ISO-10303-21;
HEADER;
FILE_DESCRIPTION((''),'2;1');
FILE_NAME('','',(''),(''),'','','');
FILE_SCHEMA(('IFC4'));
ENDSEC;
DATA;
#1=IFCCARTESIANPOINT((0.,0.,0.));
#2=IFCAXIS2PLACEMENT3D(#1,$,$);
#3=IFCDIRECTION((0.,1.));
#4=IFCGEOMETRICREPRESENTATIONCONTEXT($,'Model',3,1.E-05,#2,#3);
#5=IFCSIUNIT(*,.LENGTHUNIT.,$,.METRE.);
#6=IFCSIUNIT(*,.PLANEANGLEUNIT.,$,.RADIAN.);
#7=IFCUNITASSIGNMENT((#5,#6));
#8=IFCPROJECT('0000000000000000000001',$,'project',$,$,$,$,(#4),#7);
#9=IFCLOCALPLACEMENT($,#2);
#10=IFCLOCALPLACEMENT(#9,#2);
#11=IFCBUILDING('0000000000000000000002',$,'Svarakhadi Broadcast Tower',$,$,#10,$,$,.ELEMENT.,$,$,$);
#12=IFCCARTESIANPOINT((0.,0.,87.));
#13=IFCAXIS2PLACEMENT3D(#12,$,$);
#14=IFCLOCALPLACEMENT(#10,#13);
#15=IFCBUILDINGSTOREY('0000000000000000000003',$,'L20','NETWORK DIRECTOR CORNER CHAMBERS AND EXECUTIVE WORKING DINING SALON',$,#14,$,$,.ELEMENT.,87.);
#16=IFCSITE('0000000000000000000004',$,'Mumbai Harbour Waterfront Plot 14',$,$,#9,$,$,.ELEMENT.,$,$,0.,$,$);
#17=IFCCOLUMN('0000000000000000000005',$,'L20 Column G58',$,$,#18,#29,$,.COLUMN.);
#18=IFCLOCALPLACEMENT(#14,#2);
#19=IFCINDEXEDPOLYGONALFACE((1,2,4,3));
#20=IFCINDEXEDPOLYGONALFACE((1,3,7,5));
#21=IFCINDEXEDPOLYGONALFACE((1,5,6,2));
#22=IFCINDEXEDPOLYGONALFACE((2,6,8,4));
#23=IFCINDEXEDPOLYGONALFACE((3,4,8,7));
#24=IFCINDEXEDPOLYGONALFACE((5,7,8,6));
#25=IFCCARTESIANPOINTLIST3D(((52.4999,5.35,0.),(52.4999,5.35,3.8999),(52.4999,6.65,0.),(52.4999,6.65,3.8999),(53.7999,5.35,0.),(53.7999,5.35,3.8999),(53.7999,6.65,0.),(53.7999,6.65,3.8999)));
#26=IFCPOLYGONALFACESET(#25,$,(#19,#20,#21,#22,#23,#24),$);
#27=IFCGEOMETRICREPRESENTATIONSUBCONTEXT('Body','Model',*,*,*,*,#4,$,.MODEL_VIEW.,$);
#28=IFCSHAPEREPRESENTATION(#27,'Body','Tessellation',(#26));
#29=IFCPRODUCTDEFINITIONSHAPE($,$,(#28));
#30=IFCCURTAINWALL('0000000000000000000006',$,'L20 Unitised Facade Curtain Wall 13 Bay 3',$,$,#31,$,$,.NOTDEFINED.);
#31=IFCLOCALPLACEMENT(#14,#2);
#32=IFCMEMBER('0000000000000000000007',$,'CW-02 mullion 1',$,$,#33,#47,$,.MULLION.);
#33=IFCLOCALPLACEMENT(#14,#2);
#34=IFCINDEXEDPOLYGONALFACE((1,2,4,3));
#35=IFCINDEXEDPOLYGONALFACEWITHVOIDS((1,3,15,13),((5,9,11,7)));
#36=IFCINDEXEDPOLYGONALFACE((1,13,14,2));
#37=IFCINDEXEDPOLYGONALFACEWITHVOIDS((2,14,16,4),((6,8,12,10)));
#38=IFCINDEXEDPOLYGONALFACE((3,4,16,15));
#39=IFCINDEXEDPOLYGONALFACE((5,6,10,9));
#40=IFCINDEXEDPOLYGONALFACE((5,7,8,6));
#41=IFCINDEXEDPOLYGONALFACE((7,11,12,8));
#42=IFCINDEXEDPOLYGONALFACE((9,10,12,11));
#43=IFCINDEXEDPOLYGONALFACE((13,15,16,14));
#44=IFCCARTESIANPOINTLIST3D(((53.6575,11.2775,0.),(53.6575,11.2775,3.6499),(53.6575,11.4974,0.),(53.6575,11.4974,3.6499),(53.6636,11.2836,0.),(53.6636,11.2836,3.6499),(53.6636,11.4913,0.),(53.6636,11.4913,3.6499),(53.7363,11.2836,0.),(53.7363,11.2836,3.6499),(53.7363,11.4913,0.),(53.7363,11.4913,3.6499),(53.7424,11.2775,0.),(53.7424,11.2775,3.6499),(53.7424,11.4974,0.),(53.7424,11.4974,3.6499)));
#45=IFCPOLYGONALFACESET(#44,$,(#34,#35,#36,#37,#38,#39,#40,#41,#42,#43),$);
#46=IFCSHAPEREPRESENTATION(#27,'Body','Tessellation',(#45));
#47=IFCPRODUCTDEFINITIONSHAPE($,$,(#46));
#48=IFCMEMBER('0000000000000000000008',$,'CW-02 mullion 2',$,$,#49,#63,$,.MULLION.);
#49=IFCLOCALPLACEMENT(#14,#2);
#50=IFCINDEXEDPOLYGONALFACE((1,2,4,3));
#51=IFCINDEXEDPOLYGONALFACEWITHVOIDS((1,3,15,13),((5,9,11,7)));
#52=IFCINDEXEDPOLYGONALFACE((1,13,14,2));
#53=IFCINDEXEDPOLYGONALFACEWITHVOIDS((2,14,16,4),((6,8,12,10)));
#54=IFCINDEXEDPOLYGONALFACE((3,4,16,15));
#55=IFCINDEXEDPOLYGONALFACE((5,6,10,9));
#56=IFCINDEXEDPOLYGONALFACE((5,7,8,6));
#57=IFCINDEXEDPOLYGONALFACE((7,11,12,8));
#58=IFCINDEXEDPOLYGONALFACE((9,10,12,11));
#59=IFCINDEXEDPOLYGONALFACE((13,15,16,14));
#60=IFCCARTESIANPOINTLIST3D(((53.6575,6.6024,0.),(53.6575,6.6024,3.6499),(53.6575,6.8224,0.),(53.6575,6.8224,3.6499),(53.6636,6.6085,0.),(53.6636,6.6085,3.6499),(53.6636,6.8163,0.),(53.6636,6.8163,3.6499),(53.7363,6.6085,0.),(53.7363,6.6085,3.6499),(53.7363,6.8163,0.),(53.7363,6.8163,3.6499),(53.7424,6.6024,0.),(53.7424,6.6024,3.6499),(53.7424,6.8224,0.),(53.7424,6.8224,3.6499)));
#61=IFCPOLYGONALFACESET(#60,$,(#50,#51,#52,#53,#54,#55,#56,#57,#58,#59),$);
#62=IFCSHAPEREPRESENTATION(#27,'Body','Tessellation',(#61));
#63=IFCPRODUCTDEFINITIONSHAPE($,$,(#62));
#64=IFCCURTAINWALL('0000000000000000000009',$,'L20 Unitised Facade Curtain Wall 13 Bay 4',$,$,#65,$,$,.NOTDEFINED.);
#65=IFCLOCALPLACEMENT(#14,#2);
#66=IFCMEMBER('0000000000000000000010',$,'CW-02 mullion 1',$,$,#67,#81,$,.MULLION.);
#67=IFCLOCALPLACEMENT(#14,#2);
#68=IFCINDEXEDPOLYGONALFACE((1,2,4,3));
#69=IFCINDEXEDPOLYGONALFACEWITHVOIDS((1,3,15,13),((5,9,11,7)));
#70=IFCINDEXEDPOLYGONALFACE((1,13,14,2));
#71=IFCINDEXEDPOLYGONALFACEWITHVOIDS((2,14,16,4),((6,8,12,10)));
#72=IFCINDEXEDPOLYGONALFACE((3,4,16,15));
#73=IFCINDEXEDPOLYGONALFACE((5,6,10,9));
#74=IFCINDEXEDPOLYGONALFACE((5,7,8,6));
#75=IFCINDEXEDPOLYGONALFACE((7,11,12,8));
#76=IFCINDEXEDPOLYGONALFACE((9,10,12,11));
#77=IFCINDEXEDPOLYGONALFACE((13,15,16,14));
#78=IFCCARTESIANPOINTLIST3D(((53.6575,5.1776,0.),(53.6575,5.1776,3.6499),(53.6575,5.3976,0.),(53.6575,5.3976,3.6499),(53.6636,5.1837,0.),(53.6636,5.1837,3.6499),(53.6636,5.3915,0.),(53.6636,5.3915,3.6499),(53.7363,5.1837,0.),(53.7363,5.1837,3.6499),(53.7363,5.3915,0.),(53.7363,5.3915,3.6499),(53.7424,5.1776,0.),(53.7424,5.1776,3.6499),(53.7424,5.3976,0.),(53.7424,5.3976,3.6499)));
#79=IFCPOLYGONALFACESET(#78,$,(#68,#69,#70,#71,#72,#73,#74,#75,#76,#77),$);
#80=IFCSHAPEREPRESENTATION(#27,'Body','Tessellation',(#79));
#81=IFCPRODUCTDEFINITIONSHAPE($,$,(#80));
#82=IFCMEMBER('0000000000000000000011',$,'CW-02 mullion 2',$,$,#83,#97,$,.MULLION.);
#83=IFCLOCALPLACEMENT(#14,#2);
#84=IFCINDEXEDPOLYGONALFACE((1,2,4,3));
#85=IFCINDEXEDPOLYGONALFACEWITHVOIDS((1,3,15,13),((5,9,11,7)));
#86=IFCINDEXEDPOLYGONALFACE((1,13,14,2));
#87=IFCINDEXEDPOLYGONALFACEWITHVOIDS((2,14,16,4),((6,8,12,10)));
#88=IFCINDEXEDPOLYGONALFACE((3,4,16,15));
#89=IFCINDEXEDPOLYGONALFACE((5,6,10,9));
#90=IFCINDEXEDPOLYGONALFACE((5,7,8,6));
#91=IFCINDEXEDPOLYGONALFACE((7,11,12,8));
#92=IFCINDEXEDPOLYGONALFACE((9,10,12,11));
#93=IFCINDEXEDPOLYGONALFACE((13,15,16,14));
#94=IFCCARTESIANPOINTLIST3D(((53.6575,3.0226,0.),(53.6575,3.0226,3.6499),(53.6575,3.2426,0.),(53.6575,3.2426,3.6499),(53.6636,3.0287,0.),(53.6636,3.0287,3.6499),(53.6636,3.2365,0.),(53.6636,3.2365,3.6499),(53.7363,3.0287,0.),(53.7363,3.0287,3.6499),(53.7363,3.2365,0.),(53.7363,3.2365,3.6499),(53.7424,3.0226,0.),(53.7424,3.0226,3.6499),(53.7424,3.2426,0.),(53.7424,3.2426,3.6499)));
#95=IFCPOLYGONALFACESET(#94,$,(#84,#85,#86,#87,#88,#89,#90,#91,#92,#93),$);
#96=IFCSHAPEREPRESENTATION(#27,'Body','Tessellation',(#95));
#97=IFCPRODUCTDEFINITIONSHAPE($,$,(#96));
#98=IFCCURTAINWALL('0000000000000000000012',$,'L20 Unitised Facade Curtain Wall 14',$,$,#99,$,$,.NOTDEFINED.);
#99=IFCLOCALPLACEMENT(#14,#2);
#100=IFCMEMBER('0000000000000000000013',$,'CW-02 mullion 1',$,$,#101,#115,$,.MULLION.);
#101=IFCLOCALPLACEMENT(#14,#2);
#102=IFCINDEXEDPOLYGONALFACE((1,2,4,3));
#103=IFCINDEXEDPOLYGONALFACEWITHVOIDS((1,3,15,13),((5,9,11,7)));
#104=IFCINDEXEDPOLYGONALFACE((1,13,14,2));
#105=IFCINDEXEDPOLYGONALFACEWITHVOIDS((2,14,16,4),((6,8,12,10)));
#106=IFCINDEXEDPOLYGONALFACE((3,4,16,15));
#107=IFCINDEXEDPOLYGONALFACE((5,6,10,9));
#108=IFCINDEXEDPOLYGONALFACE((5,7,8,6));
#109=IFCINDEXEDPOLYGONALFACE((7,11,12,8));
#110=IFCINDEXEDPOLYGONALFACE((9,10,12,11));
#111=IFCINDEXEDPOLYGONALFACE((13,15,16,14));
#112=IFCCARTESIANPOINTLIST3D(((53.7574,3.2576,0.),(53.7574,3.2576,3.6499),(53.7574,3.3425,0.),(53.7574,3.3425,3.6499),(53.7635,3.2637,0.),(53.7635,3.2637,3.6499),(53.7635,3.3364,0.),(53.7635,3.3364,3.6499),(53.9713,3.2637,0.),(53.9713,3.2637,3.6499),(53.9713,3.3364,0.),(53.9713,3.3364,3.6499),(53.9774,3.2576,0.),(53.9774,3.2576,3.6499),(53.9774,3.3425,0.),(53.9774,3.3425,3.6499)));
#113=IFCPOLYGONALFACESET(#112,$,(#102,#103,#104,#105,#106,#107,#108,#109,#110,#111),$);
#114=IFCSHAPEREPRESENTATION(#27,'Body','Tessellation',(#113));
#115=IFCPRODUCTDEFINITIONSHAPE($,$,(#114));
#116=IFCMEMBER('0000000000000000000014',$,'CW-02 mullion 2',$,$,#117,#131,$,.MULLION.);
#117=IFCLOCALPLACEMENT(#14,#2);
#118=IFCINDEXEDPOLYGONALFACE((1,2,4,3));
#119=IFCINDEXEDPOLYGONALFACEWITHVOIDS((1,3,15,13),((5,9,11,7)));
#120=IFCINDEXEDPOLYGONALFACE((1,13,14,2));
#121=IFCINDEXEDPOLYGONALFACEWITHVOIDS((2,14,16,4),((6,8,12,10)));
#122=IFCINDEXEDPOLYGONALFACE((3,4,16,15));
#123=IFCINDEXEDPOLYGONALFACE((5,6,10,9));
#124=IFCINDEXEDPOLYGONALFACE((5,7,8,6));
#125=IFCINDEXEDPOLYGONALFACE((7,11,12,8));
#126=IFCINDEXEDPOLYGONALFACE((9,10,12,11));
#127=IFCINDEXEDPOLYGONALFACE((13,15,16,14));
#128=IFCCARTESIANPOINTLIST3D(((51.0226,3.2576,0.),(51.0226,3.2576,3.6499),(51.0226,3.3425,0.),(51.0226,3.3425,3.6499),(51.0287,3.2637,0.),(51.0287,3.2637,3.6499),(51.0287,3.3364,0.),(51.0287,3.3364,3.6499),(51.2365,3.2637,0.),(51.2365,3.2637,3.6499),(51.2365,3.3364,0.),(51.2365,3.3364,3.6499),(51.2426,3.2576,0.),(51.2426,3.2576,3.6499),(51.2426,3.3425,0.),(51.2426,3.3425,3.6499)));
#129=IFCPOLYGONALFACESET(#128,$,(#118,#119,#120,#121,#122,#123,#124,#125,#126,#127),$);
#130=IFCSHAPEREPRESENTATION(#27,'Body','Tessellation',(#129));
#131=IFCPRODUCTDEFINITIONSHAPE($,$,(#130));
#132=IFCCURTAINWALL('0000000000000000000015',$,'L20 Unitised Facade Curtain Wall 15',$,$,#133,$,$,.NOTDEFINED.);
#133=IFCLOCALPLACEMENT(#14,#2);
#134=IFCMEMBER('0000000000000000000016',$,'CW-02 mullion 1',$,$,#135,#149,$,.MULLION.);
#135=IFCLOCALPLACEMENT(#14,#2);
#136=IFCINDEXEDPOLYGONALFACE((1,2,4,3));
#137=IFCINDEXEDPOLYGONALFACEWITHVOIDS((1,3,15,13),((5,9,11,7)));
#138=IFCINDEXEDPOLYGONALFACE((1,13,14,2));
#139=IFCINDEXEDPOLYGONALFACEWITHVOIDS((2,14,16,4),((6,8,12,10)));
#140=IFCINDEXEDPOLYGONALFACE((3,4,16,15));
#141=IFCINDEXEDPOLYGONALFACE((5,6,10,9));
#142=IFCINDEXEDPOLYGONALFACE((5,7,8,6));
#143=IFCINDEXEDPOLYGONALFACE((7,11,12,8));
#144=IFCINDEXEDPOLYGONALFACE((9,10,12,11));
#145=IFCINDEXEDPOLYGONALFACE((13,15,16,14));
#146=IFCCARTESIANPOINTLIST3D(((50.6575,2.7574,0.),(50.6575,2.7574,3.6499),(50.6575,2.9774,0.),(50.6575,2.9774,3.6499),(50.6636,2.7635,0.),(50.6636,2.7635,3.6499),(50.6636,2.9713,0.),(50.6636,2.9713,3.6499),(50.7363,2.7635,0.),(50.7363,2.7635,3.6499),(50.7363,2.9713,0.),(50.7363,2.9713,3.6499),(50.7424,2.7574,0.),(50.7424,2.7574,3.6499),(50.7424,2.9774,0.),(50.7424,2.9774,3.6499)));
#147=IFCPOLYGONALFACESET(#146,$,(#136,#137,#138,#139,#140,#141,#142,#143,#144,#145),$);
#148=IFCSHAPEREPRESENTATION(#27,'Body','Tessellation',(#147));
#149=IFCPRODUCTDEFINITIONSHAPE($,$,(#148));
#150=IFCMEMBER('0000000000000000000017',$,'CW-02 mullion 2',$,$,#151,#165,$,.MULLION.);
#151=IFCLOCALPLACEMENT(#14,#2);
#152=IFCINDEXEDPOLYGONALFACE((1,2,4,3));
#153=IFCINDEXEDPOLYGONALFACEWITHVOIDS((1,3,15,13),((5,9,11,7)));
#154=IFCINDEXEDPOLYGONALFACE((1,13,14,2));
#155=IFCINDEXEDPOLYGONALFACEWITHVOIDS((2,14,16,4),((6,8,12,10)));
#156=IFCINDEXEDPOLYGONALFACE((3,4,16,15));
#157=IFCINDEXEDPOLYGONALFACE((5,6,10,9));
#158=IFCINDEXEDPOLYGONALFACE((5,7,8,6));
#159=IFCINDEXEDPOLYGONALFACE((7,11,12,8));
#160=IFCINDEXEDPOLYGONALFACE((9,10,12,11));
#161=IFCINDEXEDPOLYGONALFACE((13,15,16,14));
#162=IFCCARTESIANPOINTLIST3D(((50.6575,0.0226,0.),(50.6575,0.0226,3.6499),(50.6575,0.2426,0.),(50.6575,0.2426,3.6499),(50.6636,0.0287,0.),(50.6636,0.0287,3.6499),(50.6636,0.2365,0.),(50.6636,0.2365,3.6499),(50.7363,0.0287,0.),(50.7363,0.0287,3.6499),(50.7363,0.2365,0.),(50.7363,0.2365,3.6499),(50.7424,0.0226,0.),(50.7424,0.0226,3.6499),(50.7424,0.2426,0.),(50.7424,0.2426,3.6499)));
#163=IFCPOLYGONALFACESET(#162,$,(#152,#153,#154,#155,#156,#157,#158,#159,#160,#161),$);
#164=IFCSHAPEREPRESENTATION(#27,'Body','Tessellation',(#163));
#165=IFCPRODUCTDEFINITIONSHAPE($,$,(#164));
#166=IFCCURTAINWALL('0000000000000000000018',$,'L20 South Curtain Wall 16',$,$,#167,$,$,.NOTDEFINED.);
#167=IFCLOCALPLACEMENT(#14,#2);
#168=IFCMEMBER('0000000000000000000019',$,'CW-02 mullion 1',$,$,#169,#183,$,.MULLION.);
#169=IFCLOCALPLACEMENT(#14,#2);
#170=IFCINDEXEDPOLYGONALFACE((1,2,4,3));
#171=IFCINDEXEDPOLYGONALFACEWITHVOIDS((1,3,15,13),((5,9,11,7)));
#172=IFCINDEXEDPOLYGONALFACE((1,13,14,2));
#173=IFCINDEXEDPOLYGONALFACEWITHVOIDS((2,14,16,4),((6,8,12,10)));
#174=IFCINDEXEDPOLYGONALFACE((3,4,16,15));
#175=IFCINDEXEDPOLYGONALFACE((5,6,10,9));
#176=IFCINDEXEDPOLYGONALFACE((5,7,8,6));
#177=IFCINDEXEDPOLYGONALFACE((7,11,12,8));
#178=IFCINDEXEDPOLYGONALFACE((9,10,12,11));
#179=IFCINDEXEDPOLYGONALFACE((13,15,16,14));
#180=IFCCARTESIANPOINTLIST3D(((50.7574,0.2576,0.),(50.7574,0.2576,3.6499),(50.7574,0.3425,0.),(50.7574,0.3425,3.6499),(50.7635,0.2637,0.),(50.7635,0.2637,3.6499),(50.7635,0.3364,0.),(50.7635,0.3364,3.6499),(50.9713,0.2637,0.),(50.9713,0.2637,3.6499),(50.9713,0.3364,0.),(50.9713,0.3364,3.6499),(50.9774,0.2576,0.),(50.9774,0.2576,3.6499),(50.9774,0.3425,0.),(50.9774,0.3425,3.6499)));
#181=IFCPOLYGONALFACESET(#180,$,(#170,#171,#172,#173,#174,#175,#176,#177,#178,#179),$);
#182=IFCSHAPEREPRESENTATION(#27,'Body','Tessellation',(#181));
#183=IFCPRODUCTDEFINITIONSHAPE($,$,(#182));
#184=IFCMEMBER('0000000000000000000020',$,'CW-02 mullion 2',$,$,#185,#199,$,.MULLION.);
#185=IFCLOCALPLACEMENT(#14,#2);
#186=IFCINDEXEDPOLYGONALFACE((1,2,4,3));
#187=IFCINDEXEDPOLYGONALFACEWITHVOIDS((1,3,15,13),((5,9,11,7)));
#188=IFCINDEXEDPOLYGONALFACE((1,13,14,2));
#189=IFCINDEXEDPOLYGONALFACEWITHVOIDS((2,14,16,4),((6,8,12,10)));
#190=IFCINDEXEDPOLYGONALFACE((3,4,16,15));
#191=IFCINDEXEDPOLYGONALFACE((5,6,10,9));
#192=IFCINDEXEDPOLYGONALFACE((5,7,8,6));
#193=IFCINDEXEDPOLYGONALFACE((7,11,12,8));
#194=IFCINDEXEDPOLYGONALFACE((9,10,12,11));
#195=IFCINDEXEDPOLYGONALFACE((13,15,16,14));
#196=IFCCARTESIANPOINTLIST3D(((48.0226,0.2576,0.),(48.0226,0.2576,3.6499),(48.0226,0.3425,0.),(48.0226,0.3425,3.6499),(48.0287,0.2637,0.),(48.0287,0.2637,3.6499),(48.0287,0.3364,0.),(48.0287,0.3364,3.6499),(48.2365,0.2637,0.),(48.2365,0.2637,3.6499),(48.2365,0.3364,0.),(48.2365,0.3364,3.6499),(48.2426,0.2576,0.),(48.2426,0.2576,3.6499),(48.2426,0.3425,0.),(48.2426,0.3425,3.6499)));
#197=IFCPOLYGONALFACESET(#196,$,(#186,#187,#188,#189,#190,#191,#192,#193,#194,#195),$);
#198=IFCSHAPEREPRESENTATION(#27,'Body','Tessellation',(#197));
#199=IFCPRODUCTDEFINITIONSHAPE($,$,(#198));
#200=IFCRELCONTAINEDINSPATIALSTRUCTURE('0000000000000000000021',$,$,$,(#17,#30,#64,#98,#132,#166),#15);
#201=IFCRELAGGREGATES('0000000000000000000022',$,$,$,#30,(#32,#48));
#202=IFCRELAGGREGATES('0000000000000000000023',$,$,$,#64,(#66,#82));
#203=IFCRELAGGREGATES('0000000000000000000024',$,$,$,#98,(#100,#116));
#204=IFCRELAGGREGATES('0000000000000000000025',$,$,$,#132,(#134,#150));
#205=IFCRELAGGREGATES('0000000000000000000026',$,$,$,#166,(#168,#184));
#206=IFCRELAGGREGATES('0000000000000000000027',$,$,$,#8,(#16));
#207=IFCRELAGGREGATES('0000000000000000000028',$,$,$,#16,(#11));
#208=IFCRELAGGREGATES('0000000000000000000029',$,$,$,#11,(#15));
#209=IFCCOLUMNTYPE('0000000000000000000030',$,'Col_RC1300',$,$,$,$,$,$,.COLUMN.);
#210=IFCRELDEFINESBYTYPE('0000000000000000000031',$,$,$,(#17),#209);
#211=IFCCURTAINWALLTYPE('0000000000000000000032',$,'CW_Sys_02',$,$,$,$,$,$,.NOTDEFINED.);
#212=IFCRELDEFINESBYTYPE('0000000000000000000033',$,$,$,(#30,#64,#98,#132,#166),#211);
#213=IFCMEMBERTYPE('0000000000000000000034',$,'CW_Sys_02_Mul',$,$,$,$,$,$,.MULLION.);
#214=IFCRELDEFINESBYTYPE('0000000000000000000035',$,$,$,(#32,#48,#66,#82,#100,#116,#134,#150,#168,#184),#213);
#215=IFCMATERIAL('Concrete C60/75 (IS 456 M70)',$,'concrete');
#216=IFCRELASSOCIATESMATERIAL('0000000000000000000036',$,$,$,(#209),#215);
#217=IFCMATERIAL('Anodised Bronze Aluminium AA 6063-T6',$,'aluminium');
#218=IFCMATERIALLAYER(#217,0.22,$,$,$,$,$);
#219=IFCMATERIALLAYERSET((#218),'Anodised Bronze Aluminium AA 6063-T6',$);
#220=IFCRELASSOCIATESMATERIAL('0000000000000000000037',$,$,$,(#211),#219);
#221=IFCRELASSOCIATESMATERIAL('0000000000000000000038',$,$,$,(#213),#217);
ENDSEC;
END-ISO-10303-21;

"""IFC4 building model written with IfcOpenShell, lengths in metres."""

from ifc_helpers import new_model, si_unit, direction, frame, origin, origin_2d, place, context, subcontext, project, spatial, rectangle, hollow_rectangle, extrude, material, layer, layer_set, material_profile, profile_set, type_object, element, aggregate, save


model = new_model("IFC4")

# Units and contexts
model_context = context("Model", 3, precision=1e-05, world=origin(), true_north=direction((0.0, 1.0)))
body_context = subcontext(model_context, "Body", "Model", "MODEL_VIEW")
ifc_project = project(units=[si_unit("LENGTHUNIT", "METRE"), si_unit("PLANEANGLEUNIT", "RADIAN")], contexts=[model_context])

# Site, building, storey
site_placement = place(None, origin())
site = spatial("IfcSite", under=ifc_project, at=site_placement, Name="Mumbai Harbour Waterfront Plot 14", CompositionType="ELEMENT", RefElevation=0.0)
building_placement = place(site_placement, origin())
building = spatial("IfcBuilding", under=site, at=building_placement, Name="Svarakhadi Broadcast Tower", CompositionType="ELEMENT")
storey_placement = place(building_placement, frame((0.0, 0.0, 87.0)))
storey = spatial("IfcBuildingStorey", under=building, at=storey_placement, Name="L20", Description="NETWORK DIRECTOR CORNER CHAMBERS AND EXECUTIVE WORKING DINING SALON", CompositionType="ELEMENT", Elevation=87.0)

# Column
ifc_material_1 = material(Name="Concrete C60/75 (IS 456 M70)", Category="concrete")
ifc_material_profile_1 = material_profile(ifc_material_1, rectangle(XDim=1.3, YDim=1.3, at=origin_2d()), Name="RC 1300x1300")
ifc_profile_set_1 = profile_set([ifc_material_profile_1], Name="Concrete C60/75 (IS 456 M70)")
column_type = type_object("IfcColumnType", Name="Col_RC1300", PredefinedType="COLUMN", material=ifc_profile_set_1)
column_placement = place(storey_placement, frame((53.1499, 6.0, 0.0), z_axis=(0.0, 0.0, 1.0), x_axis=(1.0, 0.0, 0.0)))
element("IfcColumn", 1, at=column_placement, inside=storey, type_object=column_type, Name="L20 Column G58", PredefinedType="COLUMN", context=body_context, shape_type="SweptSolid", body=[
    extrude(rectangle(XDim=1.3, YDim=1.3, at=origin_2d()), origin(), (0.0, 0.0, 1.0), 3.8999),
])

# Curtain walls, members
ifc_material_2 = material(Name="Anodised Bronze Aluminium AA 6063-T6", Category="aluminium")
ifc_layer_1 = layer(ifc_material_2, 0.22)
ifc_layer_set_1 = layer_set([ifc_layer_1], Name="Anodised Bronze Aluminium AA 6063-T6")
curtain_wall_type = type_object("IfcCurtainWallType", Name="CW_Sys_02", PredefinedType="NOTDEFINED", material=ifc_layer_set_1)
curtain_wall_1_placement = place(storey_placement, origin())
curtain_wall_1 = element("IfcCurtainWall", 2, at=curtain_wall_1_placement, inside=storey, type_object=curtain_wall_type, Name="L20 Unitised Facade Curtain Wall 13 Bay 3", PredefinedType="NOTDEFINED")
ifc_material_profile_2 = material_profile(ifc_material_2, hollow_rectangle(XDim=0.085, YDim=0.22, WallThickness=0.0061, at=origin_2d()), Name="ALU MULLION 220x85x6")
ifc_profile_set_2 = profile_set([ifc_material_profile_2], Name="Anodised Bronze Aluminium AA 6063-T6")
member_type_1 = type_object("IfcMemberType", Name="CW_Sys_02_Mul", PredefinedType="MULLION", material=ifc_profile_set_2)
member_1_placement = place(storey_placement, frame((53.7, 11.3875, 0.0), z_axis=(0.0, 0.0, 1.0), x_axis=(1.0, 0.0, 0.0)))
member_1 = element("IfcMember", 3, at=member_1_placement, type_object=member_type_1, Name="CW-02 mullion 1", PredefinedType="MULLION", context=body_context, shape_type="SweptSolid", body=[
    extrude(hollow_rectangle(XDim=0.085, YDim=0.22, WallThickness=0.0061, at=origin_2d()), origin(), (0.0, 0.0, 1.0), 3.6499),
])
member_2_placement = place(storey_placement, frame((53.7, 6.7124, 0.0), z_axis=(0.0, 0.0, 1.0), x_axis=(1.0, 0.0, 0.0)))
member_2 = element("IfcMember", 4, at=member_2_placement, type_object=member_type_1, Name="CW-02 mullion 2", PredefinedType="MULLION", context=body_context, shape_type="SweptSolid", body=[
    extrude(hollow_rectangle(XDim=0.085, YDim=0.22, WallThickness=0.0061, at=origin_2d()), origin(), (0.0, 0.0, 1.0), 3.6499),
])
curtain_wall_2_placement = place(storey_placement, origin())
curtain_wall_2 = element("IfcCurtainWall", 5, at=curtain_wall_2_placement, inside=storey, type_object=curtain_wall_type, Name="L20 Unitised Facade Curtain Wall 13 Bay 4", PredefinedType="NOTDEFINED")
member_3_placement = place(storey_placement, frame((53.7, 5.2876, 0.0), z_axis=(0.0, 0.0, 1.0), x_axis=(1.0, 0.0, 0.0)))
member_3 = element("IfcMember", 6, at=member_3_placement, type_object=member_type_1, Name="CW-02 mullion 1", PredefinedType="MULLION", context=body_context, shape_type="SweptSolid", body=[
    extrude(hollow_rectangle(XDim=0.085, YDim=0.22, WallThickness=0.0061, at=origin_2d()), origin(), (0.0, 0.0, 1.0), 3.6499),
])
member_4_placement = place(storey_placement, frame((53.7, 3.1326, 0.0), z_axis=(0.0, 0.0, 1.0), x_axis=(1.0, 0.0, 0.0)))
member_4 = element("IfcMember", 7, at=member_4_placement, type_object=member_type_1, Name="CW-02 mullion 2", PredefinedType="MULLION", context=body_context, shape_type="SweptSolid", body=[
    extrude(hollow_rectangle(XDim=0.085, YDim=0.22, WallThickness=0.0061, at=origin_2d()), origin(), (0.0, 0.0, 1.0), 3.6499),
])
curtain_wall_3_placement = place(storey_placement, origin())
curtain_wall_3 = element("IfcCurtainWall", 8, at=curtain_wall_3_placement, inside=storey, type_object=curtain_wall_type, Name="L20 Unitised Facade Curtain Wall 14", PredefinedType="NOTDEFINED")
member_5_placement = place(storey_placement, frame((53.8674, 3.3, 0.0), z_axis=(0.0, 0.0, 1.0), x_axis=(0.0, -1.0, 0.0)))
member_5 = element("IfcMember", 9, at=member_5_placement, type_object=member_type_1, Name="CW-02 mullion 1", PredefinedType="MULLION", context=body_context, shape_type="SweptSolid", body=[
    extrude(hollow_rectangle(XDim=0.085, YDim=0.22, WallThickness=0.0061, at=origin_2d()), origin(), (0.0, 0.0, 1.0), 3.6499),
])
member_6_placement = place(storey_placement, frame((51.1326, 3.3, 0.0), z_axis=(0.0, 0.0, 1.0), x_axis=(0.0, -1.0, 0.0)))
member_6 = element("IfcMember", 10, at=member_6_placement, type_object=member_type_1, Name="CW-02 mullion 2", PredefinedType="MULLION", context=body_context, shape_type="SweptSolid", body=[
    extrude(hollow_rectangle(XDim=0.085, YDim=0.22, WallThickness=0.0061, at=origin_2d()), origin(), (0.0, 0.0, 1.0), 3.6499),
])
curtain_wall_4_placement = place(storey_placement, origin())
curtain_wall_4 = element("IfcCurtainWall", 11, at=curtain_wall_4_placement, inside=storey, type_object=curtain_wall_type, Name="L20 Unitised Facade Curtain Wall 15", PredefinedType="NOTDEFINED")
member_7_placement = place(storey_placement, frame((50.7, 2.8674, 0.0), z_axis=(0.0, 0.0, 1.0), x_axis=(1.0, 0.0, 0.0)))
member_7 = element("IfcMember", 12, at=member_7_placement, type_object=member_type_1, Name="CW-02 mullion 1", PredefinedType="MULLION", context=body_context, shape_type="SweptSolid", body=[
    extrude(hollow_rectangle(XDim=0.085, YDim=0.22, WallThickness=0.0061, at=origin_2d()), origin(), (0.0, 0.0, 1.0), 3.6499),
])
member_8_placement = place(storey_placement, frame((50.7, 0.1326, 0.0), z_axis=(0.0, 0.0, 1.0), x_axis=(1.0, 0.0, 0.0)))
member_8 = element("IfcMember", 13, at=member_8_placement, type_object=member_type_1, Name="CW-02 mullion 2", PredefinedType="MULLION", context=body_context, shape_type="SweptSolid", body=[
    extrude(hollow_rectangle(XDim=0.085, YDim=0.22, WallThickness=0.0061, at=origin_2d()), origin(), (0.0, 0.0, 1.0), 3.6499),
])
curtain_wall_5_placement = place(storey_placement, origin())
curtain_wall_5 = element("IfcCurtainWall", 14, at=curtain_wall_5_placement, inside=storey, type_object=curtain_wall_type, Name="L20 South Curtain Wall 16", PredefinedType="NOTDEFINED")
member_9_placement = place(storey_placement, frame((50.8674, 0.3, 0.0), z_axis=(0.0, 0.0, 1.0), x_axis=(0.0, -1.0, 0.0)))
member_9 = element("IfcMember", 15, at=member_9_placement, type_object=member_type_1, Name="CW-02 mullion 1", PredefinedType="MULLION", context=body_context, shape_type="SweptSolid", body=[
    extrude(hollow_rectangle(XDim=0.085, YDim=0.22, WallThickness=0.0061, at=origin_2d()), origin(), (0.0, 0.0, 1.0), 3.6499),
])
member_10_placement = place(storey_placement, frame((48.1326, 0.3, 0.0), z_axis=(0.0, 0.0, 1.0), x_axis=(0.0, -1.0, 0.0)))
member_10 = element("IfcMember", 16, at=member_10_placement, type_object=member_type_1, Name="CW-02 mullion 2", PredefinedType="MULLION", context=body_context, shape_type="SweptSolid", body=[
    extrude(hollow_rectangle(XDim=0.085, YDim=0.22, WallThickness=0.0061, at=origin_2d()), origin(), (0.0, 0.0, 1.0), 3.6499),
])

aggregate(curtain_wall_1, [member_1, member_2])
aggregate(curtain_wall_2, [member_3, member_4])
aggregate(curtain_wall_3, [member_5, member_6])
aggregate(curtain_wall_4, [member_7, member_8])
aggregate(curtain_wall_5, [member_9, member_10])

save(model, "model.ifc")
